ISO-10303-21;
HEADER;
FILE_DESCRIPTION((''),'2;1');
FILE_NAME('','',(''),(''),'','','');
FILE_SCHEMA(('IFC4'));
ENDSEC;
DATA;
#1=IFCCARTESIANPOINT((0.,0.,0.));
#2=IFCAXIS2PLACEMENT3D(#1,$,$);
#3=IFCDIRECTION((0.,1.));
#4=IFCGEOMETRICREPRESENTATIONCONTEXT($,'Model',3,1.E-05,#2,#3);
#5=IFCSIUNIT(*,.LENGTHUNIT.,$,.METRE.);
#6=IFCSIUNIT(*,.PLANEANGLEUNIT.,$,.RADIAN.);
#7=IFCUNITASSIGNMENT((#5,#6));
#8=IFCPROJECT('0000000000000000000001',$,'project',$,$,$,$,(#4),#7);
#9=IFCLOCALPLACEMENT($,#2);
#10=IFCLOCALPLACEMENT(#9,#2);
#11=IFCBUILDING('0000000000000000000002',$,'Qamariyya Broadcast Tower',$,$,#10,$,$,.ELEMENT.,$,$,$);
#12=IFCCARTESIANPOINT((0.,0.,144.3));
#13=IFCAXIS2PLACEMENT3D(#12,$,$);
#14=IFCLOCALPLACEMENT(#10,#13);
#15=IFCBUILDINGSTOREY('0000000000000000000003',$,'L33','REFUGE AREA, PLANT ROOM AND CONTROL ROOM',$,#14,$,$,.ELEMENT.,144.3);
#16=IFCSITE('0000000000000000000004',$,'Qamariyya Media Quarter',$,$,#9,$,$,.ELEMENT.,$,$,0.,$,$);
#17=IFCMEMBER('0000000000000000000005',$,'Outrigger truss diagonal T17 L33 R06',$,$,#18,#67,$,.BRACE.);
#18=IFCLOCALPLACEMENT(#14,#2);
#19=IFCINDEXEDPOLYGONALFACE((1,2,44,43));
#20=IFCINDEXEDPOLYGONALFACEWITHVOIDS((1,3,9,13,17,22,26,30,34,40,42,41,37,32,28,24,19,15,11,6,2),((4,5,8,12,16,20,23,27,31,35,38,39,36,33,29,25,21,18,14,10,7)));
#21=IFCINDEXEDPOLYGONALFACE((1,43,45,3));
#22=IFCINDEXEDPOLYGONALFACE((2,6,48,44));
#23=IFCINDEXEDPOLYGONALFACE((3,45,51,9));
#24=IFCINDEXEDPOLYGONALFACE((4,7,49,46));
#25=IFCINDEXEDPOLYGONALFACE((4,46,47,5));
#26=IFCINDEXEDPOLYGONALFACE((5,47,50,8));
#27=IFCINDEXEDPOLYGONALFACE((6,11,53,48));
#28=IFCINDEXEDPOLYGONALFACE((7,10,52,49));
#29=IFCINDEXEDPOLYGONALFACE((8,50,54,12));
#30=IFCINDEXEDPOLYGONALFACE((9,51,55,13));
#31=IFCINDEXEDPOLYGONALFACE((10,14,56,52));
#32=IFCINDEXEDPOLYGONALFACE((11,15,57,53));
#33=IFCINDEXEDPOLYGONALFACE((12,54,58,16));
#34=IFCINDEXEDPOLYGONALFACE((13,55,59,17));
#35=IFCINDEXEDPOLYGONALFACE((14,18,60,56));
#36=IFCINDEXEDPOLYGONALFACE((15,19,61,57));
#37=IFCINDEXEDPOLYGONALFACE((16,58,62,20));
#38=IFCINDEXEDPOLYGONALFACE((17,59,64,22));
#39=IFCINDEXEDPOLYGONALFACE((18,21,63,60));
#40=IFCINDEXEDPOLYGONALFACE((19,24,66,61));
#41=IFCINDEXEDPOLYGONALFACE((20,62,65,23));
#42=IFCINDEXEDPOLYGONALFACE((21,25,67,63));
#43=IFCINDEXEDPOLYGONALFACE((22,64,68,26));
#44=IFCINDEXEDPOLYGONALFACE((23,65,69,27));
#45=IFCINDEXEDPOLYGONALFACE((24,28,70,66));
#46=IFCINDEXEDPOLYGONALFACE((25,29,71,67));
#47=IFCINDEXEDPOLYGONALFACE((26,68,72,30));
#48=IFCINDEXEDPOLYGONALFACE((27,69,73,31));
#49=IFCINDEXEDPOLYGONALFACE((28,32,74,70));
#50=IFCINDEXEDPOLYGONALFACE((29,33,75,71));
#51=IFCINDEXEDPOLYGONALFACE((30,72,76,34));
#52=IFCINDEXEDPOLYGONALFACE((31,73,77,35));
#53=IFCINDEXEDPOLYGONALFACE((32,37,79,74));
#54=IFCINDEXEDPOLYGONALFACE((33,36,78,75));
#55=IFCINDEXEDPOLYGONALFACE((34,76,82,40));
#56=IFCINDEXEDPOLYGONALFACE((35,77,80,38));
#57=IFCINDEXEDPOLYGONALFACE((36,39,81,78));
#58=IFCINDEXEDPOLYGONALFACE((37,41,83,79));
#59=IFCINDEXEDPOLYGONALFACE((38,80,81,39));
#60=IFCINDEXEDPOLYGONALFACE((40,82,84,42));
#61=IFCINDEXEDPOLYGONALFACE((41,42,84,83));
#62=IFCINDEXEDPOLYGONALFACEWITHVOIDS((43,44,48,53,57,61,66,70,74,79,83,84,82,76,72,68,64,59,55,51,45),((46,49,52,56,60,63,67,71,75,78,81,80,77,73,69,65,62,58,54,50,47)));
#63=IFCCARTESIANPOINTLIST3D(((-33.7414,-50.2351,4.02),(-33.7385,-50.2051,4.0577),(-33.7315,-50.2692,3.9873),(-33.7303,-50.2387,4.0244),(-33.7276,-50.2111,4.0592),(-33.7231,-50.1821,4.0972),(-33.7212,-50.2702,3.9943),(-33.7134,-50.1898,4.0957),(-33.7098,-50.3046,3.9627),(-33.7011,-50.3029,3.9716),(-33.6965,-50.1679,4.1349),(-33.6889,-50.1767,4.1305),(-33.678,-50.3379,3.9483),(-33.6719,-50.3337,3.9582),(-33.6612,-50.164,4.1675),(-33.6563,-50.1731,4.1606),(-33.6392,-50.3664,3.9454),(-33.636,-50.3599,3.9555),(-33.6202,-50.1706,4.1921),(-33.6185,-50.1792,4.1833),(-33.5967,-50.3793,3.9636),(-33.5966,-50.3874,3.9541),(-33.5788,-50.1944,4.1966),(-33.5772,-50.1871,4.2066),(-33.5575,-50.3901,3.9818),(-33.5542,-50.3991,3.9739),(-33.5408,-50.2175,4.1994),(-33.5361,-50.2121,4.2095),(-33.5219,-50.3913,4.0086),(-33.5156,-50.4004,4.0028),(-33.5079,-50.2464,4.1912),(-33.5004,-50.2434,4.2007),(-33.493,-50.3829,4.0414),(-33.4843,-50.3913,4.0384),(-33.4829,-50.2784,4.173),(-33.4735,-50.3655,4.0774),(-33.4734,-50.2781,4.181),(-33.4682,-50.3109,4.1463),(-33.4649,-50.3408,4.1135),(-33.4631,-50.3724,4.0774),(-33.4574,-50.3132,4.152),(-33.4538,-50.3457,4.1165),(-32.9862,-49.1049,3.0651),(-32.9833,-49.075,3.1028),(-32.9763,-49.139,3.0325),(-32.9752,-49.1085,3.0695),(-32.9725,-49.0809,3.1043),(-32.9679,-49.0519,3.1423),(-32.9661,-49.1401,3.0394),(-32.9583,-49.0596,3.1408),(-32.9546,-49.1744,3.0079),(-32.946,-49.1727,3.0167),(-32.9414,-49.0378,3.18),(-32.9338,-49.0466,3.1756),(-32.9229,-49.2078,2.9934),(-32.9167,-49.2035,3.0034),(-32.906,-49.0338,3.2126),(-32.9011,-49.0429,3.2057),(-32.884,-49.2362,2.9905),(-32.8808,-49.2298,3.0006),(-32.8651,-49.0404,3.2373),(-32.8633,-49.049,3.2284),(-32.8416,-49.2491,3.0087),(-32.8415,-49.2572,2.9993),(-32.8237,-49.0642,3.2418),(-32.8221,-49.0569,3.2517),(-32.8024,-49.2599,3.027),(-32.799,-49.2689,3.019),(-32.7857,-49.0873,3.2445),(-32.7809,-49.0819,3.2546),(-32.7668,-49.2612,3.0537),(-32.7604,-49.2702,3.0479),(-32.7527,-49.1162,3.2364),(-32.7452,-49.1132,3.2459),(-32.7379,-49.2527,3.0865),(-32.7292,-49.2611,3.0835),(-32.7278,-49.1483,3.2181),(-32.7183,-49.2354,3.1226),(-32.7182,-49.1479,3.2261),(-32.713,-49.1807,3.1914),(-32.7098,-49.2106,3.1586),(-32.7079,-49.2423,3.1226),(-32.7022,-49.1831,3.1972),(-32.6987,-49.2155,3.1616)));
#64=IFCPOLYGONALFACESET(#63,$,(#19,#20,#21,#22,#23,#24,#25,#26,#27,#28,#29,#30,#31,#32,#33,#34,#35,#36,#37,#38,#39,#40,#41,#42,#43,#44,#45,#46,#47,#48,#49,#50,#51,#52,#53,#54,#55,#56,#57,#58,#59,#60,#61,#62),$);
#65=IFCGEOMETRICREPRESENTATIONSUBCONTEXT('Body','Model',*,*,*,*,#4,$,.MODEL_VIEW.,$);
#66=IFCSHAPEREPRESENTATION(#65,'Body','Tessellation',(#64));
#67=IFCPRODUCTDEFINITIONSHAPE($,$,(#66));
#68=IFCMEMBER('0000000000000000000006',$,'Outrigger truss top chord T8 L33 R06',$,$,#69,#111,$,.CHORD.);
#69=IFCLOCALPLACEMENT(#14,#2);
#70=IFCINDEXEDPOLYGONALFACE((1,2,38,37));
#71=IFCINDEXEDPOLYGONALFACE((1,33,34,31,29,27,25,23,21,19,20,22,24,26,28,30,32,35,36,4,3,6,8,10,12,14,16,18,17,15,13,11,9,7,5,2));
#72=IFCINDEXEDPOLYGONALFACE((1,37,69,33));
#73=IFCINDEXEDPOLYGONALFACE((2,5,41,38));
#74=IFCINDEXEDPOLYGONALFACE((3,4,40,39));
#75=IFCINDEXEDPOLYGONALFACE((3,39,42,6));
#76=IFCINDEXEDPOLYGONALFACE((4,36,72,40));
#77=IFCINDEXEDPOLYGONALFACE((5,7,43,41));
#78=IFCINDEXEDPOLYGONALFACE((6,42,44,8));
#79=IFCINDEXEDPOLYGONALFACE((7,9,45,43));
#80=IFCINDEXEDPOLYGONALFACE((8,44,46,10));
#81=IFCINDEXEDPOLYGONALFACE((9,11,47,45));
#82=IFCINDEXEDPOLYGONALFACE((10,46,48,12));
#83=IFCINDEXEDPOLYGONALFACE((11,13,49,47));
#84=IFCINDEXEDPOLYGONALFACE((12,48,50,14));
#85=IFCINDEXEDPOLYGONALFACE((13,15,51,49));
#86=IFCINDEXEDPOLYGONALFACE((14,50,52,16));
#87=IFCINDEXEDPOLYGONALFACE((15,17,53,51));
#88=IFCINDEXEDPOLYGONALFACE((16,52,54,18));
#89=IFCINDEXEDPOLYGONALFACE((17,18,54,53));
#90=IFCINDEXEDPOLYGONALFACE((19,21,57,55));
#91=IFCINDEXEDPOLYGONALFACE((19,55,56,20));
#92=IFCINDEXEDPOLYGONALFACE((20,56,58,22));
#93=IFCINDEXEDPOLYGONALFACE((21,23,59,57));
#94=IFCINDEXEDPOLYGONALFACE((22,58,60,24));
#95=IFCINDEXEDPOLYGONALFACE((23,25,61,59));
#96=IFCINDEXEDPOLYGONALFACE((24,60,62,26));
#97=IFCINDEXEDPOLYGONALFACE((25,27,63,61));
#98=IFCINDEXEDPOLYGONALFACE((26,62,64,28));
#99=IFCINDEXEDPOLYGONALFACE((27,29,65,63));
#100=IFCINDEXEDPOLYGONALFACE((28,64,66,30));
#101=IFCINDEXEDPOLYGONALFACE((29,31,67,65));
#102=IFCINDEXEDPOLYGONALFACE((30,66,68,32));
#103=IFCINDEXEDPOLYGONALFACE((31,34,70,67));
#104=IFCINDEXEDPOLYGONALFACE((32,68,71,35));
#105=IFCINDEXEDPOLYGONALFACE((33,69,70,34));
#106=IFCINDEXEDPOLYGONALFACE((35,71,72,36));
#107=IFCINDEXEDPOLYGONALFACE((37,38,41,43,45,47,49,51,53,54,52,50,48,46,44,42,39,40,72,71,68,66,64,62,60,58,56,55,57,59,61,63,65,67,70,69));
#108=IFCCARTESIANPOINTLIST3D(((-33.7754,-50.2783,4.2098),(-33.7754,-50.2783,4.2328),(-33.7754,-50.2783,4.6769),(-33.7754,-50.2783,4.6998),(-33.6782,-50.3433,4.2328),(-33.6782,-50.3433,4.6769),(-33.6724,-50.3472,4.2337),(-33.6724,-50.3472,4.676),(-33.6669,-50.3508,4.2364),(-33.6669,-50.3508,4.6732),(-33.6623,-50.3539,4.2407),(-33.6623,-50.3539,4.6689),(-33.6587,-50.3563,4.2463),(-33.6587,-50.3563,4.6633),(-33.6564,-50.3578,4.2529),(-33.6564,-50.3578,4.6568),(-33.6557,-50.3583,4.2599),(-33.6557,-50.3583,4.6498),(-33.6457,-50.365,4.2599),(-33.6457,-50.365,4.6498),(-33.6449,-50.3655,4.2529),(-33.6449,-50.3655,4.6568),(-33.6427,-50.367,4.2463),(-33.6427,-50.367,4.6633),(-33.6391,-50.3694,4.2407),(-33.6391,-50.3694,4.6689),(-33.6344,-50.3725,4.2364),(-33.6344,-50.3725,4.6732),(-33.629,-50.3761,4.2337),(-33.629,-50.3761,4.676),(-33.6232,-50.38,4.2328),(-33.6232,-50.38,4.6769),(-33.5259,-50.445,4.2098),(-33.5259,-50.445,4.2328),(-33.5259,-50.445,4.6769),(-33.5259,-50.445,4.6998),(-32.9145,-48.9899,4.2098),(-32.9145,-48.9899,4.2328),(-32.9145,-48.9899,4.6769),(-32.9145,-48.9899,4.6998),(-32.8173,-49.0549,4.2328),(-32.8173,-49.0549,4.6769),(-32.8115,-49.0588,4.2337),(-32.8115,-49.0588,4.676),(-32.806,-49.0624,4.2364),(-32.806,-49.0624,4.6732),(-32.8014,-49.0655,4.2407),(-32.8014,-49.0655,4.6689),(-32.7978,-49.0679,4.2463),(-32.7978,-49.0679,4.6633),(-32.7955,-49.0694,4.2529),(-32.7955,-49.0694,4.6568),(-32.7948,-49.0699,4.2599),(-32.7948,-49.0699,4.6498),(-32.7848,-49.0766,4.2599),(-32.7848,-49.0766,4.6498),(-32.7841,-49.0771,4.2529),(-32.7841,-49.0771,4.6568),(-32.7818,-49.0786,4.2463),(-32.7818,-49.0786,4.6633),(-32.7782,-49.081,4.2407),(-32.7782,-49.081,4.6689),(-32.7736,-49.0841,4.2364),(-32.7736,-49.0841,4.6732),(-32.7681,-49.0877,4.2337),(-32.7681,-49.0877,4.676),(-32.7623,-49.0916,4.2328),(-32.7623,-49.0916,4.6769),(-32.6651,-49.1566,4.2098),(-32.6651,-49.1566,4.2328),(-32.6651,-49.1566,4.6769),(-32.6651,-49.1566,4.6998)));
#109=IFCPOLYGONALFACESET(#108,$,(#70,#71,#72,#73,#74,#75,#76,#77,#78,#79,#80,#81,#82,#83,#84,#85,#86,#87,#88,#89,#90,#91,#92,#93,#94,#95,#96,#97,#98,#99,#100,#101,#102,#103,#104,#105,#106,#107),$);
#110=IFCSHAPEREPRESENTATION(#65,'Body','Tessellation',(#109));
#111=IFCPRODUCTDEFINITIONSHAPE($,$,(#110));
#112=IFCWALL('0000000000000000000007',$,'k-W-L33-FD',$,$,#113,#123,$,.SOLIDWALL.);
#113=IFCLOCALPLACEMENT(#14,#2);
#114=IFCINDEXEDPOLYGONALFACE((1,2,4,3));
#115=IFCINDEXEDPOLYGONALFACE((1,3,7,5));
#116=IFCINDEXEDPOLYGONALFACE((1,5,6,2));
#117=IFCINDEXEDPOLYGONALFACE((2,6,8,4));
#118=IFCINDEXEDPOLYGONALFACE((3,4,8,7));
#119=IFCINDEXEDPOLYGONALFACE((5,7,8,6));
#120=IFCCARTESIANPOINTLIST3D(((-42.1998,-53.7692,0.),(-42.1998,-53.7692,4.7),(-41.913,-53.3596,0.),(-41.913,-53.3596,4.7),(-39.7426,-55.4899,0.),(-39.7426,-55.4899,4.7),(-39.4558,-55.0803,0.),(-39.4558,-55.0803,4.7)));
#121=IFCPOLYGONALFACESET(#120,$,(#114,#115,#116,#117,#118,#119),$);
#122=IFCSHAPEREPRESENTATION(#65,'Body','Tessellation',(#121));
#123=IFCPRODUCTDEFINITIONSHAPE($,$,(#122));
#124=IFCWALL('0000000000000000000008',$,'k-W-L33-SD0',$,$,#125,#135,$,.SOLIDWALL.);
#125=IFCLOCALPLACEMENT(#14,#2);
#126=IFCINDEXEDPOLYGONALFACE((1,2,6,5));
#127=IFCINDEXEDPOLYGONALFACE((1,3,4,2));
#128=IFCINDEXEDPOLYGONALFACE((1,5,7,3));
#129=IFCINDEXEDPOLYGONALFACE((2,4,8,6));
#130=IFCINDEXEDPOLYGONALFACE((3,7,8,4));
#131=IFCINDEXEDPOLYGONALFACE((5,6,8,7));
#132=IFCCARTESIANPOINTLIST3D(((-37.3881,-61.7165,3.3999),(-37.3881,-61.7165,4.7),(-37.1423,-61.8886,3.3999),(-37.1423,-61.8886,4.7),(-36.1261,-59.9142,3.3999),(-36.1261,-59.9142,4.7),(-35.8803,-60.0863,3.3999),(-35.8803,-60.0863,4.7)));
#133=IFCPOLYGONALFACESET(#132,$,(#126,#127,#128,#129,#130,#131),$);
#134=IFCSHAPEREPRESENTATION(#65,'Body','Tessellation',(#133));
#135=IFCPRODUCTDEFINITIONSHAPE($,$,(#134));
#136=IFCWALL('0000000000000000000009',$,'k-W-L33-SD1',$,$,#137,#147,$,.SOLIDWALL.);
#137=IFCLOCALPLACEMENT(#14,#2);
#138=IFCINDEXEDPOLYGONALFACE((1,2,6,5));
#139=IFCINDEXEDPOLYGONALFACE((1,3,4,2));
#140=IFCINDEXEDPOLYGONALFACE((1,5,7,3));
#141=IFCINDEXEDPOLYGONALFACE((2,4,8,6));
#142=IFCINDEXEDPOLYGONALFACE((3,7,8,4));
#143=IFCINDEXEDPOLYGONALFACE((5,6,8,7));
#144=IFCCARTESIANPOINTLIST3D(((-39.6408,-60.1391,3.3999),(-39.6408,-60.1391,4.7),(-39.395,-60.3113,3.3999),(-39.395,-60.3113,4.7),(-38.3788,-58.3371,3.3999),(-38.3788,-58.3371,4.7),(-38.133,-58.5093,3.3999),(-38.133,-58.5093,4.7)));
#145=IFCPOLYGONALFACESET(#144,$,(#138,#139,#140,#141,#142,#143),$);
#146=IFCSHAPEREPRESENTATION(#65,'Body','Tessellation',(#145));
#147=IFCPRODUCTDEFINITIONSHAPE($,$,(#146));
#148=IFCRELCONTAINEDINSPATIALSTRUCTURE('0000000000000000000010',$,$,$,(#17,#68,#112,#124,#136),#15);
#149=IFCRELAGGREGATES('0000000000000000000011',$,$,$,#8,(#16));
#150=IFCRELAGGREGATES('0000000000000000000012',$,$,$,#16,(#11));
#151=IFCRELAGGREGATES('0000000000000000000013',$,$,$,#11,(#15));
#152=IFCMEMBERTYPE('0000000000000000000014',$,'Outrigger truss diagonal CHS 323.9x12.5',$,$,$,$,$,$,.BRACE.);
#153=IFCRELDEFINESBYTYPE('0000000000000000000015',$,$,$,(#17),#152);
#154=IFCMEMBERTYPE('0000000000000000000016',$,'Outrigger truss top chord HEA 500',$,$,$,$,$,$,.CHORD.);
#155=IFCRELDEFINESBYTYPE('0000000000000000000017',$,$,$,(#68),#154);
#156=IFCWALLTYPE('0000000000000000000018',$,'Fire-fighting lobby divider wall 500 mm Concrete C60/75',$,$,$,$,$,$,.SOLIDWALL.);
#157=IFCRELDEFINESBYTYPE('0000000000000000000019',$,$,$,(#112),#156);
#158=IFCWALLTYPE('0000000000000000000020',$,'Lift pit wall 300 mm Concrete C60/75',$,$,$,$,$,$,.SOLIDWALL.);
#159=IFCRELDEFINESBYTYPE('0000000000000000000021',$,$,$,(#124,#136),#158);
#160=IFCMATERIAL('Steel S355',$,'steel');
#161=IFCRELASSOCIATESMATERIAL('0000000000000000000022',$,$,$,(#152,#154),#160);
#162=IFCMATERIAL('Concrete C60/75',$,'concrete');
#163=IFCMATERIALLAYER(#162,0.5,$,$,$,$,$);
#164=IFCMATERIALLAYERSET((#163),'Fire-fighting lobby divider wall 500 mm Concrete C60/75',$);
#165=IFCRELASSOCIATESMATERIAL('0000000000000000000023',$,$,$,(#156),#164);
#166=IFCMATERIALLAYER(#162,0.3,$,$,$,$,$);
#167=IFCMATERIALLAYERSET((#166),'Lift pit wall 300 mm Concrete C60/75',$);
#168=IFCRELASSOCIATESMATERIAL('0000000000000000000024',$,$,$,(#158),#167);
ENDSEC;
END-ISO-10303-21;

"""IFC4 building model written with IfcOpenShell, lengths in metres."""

from ifc_helpers import new_model, si_unit, direction, frame, frame_2d, origin, origin_2d, place, context, subcontext, project, spatial, rectangle, hollow_circle, i_section, extrude, material, layer, layer_set, material_profile, profile_set, type_object, element, save


model = new_model("IFC4")

# Units and contexts
model_context = context("Model", 3, precision=1e-05, world=origin(), true_north=direction((0.0, 1.0)))
body_context = subcontext(model_context, "Body", "Model", "MODEL_VIEW")
ifc_project = project(units=[si_unit("LENGTHUNIT", "METRE"), si_unit("PLANEANGLEUNIT", "RADIAN")], contexts=[model_context])

# Site, building, storey
site_placement = place(None, origin())
site = spatial("IfcSite", under=ifc_project, at=site_placement, Name="Qamariyya Media Quarter", CompositionType="ELEMENT", RefElevation=0.0)
building_placement = place(site_placement, origin())
building = spatial("IfcBuilding", under=site, at=building_placement, Name="Qamariyya Broadcast Tower", CompositionType="ELEMENT")
storey_placement = place(building_placement, frame((0.0, 0.0, 144.3)))
storey = spatial("IfcBuildingStorey", under=building, at=storey_placement, Name="L33", Description="REFUGE AREA, PLANT ROOM AND CONTROL ROOM", CompositionType="ELEMENT", Elevation=144.3)

# Members
ifc_material_1 = material(Name="Steel S355", Category="steel")
ifc_material_profile_1 = material_profile(ifc_material_1, hollow_circle(Radius=0.1619, WallThickness=0.0125, at=origin_2d()))
ifc_profile_set_1 = profile_set([ifc_material_profile_1], Name="Steel S355")
member_type_1 = type_object("IfcMemberType", Name="Outrigger truss diagonal CHS 323.9x12.5", PredefinedType="BRACE", material=ifc_profile_set_1)
member_1_placement = place(storey_placement, frame((-32.8425, -49.1523, 3.1226), z_axis=(-0.454606, -0.680366, 0.574835), x_axis=(0.83147, -0.55557, 0.0)))
element("IfcMember", 1, at=member_1_placement, inside=storey, type_object=member_type_1, Name="Outrigger truss diagonal T17 L33 R06", PredefinedType="BRACE", context=body_context, shape_type="SweptSolid", body=[
    extrude(hollow_circle(Radius=0.1619, WallThickness=0.0125, at=origin_2d()), origin(), (0.0, 0.0, 1.0), 1.6611),
])
ifc_material_profile_2 = material_profile(ifc_material_1, i_section(OverallWidth=0.3, OverallDepth=0.49, WebThickness=0.012, FlangeThickness=0.0229, FilletRadius=0.0271, at=origin_2d()))
ifc_profile_set_2 = profile_set([ifc_material_profile_2], Name="Steel S355")
member_type_2 = type_object("IfcMemberType", Name="Outrigger truss top chord HEA 500", PredefinedType="CHORD", material=ifc_profile_set_2)
member_2_placement = place(storey_placement, frame((-32.7898, -49.0732, 4.4548), z_axis=(-0.555573, -0.831468, 0.0), x_axis=(0.831468, -0.555573, 0.0)))
element("IfcMember", 2, at=member_2_placement, inside=storey, type_object=member_type_2, Name="Outrigger truss top chord T8 L33 R06", PredefinedType="CHORD", context=body_context, shape_type="SweptSolid", body=[
    extrude(i_section(OverallWidth=0.3, OverallDepth=0.49, WebThickness=0.012, FlangeThickness=0.0229, FilletRadius=0.0271, at=origin_2d()), origin(), (0.0, 0.0, 1.0), 1.5496),
])

# Walls
ifc_material_2 = material(Name="Concrete C60/75", Category="concrete")
ifc_layer_1 = layer(ifc_material_2, 0.5)
ifc_layer_set_1 = layer_set([ifc_layer_1], Name="Fire-fighting lobby divider wall 500 mm Concrete C60/75")
wall_type_1 = type_object("IfcWallType", Name="Fire-fighting lobby divider wall 500 mm Concrete C60/75", PredefinedType="SOLIDWALL", material=ifc_layer_set_1)
wall_1_placement = place(storey_placement, frame((-39.5991, -55.2852, 0.0), z_axis=(0.0, 0.0, 1.0), x_axis=(-0.819136, 0.573599, 0.0)))
element("IfcWall", 3, at=wall_1_placement, inside=storey, type_object=wall_type_1, Name="k-W-L33-FD", PredefinedType="SOLIDWALL", context=body_context, shape_type="SweptSolid", body=[
    extrude(rectangle(XDim=2.9998, YDim=0.5, at=frame_2d((1.5, 0.0))), origin(), (0.0, 0.0, 1.0), 4.7),
])
ifc_layer_2 = layer(ifc_material_2, 0.3)
ifc_layer_set_2 = layer_set([ifc_layer_2], Name="Lift pit wall 300 mm Concrete C60/75")
wall_type_2 = type_object("IfcWallType", Name="Lift pit wall 300 mm Concrete C60/75", PredefinedType="SOLIDWALL", material=ifc_layer_set_2)
wall_2_placement = place(storey_placement, frame((-36.0032, -60.0002, 3.3999), z_axis=(0.0, 0.0, 1.0), x_axis=(-0.573581, -0.819149, 0.0)))
element("IfcWall", 4, at=wall_2_placement, inside=storey, type_object=wall_type_2, Name="k-W-L33-SD0", PredefinedType="SOLIDWALL", context=body_context, shape_type="SweptSolid", body=[
    extrude(rectangle(XDim=2.2002, YDim=0.3, at=frame_2d((1.1001, 0.0))), origin(), (0.0, 0.0, 1.0), 1.3),
])
wall_3_placement = place(storey_placement, frame((-38.2559, -58.4231, 3.3999), z_axis=(0.0, 0.0, 1.0), x_axis=(-0.573634, -0.819112, 0.0)))
element("IfcWall", 5, at=wall_3_placement, inside=storey, type_object=wall_type_2, Name="k-W-L33-SD1", PredefinedType="SOLIDWALL", context=body_context, shape_type="SweptSolid", body=[
    extrude(rectangle(XDim=2.2, YDim=0.3, at=frame_2d((1.1001, 0.0))), origin(), (0.0, 0.0, 1.0), 1.3),
])

save(model, "model.ifc")
